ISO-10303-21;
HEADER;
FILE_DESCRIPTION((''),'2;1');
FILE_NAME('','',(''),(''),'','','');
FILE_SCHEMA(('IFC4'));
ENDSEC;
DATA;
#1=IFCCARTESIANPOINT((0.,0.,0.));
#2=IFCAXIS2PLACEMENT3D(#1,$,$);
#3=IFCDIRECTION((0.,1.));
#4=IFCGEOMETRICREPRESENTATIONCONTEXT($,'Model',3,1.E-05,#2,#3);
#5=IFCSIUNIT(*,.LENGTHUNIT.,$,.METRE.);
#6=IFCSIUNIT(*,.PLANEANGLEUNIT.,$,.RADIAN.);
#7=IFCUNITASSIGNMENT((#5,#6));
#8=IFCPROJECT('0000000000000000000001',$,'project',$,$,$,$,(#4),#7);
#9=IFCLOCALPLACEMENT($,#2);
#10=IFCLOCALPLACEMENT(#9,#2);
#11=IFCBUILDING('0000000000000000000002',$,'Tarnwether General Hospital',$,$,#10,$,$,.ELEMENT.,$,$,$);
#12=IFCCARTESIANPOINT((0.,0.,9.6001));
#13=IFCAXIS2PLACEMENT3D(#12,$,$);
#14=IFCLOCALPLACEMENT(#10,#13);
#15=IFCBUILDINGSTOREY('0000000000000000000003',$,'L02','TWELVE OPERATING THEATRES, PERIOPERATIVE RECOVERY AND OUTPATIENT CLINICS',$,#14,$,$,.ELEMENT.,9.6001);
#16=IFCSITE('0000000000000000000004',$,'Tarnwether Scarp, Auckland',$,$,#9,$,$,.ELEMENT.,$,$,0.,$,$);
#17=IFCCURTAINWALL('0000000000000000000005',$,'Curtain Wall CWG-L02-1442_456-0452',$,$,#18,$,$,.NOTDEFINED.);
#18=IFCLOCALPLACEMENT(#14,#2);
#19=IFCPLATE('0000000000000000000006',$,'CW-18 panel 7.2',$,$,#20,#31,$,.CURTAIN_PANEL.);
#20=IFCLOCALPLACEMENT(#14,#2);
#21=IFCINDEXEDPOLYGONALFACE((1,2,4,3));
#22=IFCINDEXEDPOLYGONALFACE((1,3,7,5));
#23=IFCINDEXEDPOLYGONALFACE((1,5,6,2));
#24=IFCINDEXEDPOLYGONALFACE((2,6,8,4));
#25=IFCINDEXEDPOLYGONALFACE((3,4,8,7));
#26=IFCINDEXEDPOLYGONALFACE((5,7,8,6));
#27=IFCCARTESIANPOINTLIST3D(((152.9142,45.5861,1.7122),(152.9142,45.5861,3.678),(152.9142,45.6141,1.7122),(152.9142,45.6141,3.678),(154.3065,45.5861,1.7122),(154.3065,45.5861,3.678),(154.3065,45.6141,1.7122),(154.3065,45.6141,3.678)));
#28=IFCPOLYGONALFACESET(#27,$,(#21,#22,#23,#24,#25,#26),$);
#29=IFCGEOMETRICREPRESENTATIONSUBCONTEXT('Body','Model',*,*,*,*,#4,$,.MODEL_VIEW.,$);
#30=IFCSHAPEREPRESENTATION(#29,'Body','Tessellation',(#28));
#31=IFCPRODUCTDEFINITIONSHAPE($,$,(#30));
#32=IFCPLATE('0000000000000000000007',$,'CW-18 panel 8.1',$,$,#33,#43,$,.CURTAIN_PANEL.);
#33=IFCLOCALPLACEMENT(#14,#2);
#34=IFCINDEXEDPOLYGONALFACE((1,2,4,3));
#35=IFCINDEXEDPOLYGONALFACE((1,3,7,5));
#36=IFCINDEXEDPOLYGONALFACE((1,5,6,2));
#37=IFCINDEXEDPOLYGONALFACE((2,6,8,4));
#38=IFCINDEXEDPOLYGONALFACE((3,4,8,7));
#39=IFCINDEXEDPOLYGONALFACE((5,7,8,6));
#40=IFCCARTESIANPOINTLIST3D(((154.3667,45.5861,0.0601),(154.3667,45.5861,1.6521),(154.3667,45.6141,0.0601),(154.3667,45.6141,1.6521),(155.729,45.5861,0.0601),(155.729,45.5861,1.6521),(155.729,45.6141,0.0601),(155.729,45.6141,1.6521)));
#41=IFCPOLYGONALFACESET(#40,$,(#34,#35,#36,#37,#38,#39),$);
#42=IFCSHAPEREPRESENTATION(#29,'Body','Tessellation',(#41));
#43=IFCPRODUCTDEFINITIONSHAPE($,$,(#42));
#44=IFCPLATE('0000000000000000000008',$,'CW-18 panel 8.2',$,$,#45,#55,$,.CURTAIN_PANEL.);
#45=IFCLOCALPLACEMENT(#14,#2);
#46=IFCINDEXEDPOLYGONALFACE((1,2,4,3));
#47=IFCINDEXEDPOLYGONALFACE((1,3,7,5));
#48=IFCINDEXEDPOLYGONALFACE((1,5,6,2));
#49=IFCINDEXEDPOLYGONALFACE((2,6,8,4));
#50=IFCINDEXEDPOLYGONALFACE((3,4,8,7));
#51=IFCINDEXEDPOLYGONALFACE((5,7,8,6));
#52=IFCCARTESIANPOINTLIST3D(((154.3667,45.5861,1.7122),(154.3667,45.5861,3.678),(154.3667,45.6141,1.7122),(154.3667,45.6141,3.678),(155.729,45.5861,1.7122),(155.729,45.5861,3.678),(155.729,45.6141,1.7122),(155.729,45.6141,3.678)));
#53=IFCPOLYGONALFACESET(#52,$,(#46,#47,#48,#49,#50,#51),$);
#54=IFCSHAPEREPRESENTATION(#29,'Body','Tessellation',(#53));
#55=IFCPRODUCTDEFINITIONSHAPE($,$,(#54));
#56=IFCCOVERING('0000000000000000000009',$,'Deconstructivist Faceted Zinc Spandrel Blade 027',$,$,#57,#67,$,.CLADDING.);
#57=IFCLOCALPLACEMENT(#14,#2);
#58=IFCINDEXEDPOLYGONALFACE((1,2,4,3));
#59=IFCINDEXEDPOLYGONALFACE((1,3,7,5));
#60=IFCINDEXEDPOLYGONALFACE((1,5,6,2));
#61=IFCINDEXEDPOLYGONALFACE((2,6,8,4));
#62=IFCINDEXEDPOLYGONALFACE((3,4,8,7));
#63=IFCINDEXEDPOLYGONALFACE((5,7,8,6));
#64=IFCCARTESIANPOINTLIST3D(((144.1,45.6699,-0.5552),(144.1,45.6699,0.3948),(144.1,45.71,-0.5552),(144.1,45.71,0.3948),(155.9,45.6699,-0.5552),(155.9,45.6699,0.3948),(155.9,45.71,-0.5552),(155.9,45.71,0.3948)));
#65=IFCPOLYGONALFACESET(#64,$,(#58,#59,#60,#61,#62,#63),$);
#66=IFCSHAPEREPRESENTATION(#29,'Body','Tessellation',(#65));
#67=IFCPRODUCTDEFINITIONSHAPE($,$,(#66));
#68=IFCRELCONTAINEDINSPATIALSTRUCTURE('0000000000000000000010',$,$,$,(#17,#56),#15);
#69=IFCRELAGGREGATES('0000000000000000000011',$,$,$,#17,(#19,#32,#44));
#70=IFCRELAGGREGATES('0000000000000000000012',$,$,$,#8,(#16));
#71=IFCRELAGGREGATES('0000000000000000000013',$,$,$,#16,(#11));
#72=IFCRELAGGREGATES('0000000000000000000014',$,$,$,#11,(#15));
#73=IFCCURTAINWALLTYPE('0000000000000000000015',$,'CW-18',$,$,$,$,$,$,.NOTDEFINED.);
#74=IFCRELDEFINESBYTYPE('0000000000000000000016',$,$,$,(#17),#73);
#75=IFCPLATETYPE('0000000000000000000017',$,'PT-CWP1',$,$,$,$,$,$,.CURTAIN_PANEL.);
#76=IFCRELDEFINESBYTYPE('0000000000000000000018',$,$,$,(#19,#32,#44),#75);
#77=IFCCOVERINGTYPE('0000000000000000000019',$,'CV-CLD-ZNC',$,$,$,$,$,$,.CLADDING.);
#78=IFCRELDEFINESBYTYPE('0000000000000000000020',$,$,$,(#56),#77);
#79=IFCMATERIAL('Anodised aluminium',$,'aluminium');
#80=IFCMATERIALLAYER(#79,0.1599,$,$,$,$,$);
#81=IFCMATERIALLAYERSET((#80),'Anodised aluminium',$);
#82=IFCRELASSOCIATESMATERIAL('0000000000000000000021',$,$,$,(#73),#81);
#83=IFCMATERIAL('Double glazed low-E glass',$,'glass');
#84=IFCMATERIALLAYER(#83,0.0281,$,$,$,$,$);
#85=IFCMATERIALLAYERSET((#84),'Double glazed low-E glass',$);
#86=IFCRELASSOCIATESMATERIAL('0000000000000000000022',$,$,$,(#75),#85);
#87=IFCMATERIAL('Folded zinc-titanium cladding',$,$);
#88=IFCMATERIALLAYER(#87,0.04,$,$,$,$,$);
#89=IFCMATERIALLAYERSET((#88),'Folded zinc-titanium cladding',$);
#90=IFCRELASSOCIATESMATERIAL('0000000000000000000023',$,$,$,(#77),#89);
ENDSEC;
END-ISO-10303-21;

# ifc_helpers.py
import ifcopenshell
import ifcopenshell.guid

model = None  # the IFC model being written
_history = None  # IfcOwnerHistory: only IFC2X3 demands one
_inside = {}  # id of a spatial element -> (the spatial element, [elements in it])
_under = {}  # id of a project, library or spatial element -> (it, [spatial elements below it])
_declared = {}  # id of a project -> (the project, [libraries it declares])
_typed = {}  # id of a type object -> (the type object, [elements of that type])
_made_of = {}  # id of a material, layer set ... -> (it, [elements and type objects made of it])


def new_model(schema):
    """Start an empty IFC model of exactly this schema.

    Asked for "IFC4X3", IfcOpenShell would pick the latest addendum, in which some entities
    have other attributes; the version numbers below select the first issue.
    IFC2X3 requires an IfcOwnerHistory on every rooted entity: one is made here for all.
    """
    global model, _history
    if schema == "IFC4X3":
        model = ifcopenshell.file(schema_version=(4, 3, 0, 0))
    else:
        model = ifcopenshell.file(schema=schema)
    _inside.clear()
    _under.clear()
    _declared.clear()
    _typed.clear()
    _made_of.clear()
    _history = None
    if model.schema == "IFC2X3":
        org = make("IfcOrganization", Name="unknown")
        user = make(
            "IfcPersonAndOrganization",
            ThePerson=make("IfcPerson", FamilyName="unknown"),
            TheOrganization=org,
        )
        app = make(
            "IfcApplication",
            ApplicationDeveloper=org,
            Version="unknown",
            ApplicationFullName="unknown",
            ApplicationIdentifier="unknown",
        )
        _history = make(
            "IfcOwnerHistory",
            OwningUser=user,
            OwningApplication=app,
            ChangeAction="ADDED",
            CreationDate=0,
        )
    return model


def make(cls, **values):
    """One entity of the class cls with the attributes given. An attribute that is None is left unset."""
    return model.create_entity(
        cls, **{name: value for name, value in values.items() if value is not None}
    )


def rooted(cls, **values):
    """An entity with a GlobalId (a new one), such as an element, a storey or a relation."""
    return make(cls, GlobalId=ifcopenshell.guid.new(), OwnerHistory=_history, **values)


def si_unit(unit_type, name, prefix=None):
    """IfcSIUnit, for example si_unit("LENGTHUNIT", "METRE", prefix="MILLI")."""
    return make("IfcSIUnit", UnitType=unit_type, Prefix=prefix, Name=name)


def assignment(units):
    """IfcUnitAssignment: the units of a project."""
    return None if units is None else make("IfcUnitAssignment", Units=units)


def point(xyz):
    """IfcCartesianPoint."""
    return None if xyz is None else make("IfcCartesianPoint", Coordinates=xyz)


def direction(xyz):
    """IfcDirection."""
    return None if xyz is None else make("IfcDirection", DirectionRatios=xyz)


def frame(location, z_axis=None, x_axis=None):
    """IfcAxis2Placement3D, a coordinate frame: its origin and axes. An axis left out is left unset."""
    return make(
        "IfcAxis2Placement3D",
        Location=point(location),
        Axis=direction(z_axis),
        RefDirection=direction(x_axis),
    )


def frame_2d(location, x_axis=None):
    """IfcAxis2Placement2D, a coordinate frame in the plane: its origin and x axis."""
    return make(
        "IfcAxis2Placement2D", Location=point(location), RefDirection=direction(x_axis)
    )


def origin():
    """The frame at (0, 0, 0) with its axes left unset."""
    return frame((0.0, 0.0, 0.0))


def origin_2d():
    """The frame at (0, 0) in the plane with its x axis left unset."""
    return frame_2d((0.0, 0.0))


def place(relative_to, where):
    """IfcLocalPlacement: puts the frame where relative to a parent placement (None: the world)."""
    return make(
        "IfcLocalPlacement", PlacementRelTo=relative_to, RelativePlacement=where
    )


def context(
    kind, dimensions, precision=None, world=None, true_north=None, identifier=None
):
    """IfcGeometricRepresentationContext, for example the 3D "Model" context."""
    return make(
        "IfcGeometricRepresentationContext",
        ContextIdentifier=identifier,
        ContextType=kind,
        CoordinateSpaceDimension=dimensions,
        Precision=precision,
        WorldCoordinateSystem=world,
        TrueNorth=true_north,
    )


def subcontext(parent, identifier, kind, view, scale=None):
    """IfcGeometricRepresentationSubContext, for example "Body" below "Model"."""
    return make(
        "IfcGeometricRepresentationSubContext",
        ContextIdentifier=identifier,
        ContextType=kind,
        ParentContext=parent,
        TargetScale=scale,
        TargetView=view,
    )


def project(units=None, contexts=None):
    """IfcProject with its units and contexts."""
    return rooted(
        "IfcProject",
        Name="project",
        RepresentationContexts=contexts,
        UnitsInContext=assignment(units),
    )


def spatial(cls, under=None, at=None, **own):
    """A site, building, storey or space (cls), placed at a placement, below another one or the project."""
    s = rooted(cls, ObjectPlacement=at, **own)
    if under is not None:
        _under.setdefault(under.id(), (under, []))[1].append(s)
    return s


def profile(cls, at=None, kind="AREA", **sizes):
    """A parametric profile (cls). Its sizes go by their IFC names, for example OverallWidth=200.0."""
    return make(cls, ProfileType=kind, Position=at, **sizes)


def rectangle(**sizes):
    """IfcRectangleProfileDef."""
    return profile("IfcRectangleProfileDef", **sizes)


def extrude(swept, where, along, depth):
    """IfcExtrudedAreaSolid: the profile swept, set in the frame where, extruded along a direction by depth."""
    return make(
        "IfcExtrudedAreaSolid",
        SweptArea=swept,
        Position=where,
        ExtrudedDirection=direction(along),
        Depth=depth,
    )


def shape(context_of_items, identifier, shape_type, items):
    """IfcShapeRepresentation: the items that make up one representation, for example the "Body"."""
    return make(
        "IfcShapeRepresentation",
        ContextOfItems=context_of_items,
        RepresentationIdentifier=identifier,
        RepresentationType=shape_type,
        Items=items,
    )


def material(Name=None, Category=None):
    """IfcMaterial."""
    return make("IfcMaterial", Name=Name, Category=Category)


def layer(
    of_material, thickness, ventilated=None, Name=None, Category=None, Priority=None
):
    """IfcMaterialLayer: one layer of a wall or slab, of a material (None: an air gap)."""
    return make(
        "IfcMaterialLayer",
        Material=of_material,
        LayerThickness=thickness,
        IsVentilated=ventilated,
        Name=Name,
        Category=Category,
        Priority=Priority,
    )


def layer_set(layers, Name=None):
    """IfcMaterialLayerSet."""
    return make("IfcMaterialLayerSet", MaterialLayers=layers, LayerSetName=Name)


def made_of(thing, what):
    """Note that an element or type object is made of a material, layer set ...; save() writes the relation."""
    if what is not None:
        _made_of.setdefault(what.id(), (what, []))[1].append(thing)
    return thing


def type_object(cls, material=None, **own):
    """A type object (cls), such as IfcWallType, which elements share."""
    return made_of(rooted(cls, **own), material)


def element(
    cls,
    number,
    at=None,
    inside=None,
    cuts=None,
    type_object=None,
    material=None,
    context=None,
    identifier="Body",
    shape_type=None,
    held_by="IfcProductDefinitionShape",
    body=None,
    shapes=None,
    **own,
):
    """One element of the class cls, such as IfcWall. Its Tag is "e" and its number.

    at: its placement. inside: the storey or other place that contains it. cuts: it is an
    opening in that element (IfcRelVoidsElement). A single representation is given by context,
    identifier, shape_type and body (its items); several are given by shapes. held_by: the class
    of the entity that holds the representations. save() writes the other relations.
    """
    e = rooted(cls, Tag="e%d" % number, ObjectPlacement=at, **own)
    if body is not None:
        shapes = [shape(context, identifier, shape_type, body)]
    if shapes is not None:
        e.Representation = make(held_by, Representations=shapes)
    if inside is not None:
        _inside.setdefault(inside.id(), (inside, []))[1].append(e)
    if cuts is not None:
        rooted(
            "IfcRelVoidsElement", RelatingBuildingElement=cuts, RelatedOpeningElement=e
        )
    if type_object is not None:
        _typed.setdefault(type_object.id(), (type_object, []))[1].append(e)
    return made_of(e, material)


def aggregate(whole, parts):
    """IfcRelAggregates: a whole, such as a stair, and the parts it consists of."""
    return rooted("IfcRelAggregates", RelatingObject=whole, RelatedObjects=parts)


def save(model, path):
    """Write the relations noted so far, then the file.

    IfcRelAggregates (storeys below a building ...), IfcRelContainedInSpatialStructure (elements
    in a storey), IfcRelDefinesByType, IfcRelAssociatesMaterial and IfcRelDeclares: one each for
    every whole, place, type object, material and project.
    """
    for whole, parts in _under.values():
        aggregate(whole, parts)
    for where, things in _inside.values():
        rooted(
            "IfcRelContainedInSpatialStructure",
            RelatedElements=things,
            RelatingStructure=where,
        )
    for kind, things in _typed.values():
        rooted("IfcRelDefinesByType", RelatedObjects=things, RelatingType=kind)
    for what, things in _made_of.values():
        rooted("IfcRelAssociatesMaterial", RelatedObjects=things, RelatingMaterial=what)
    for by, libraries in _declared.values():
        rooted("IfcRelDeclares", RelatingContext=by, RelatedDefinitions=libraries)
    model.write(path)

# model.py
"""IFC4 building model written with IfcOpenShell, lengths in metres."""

from ifc_helpers import new_model, si_unit, direction, frame, origin, origin_2d, place, context, subcontext, project, spatial, rectangle, extrude, material, layer, layer_set, type_object, element, aggregate, save


model = new_model("IFC4")

# Units and contexts
model_context = context("Model", 3, precision=1e-05, world=origin(), true_north=direction((0.0, 1.0)))
body_context = subcontext(model_context, "Body", "Model", "MODEL_VIEW")
ifc_project = project(units=[si_unit("LENGTHUNIT", "METRE"), si_unit("PLANEANGLEUNIT", "RADIAN")], contexts=[model_context])

# Site, building, storey
site_placement = place(None, origin())
site = spatial("IfcSite", under=ifc_project, at=site_placement, Name="Tarnwether Scarp, Auckland", CompositionType="ELEMENT", RefElevation=0.0)
building_placement = place(site_placement, origin())
building = spatial("IfcBuilding", under=site, at=building_placement, Name="Tarnwether General Hospital", CompositionType="ELEMENT")
storey_placement = place(building_placement, frame((0.0, 0.0, 9.6001)))
storey = spatial("IfcBuildingStorey", under=building, at=storey_placement, Name="L02", Description="TWELVE OPERATING THEATRES, PERIOPERATIVE RECOVERY AND OUTPATIENT CLINICS", CompositionType="ELEMENT", Elevation=9.6001)

# Curtain wall, plates
ifc_material_1 = material(Name="Anodised aluminium", Category="aluminium")
ifc_layer_1 = layer(ifc_material_1, 0.1599)
ifc_layer_set_1 = layer_set([ifc_layer_1], Name="Anodised aluminium")
curtain_wall_type = type_object("IfcCurtainWallType", Name="CW-18", PredefinedType="NOTDEFINED", material=ifc_layer_set_1)
curtain_wall_placement = place(storey_placement, origin())
curtain_wall = element("IfcCurtainWall", 1, at=curtain_wall_placement, inside=storey, type_object=curtain_wall_type, Name="Curtain Wall CWG-L02-1442_456-0452", PredefinedType="NOTDEFINED")
ifc_material_2 = material(Name="Double glazed low-E glass", Category="glass")
ifc_layer_2 = layer(ifc_material_2, 0.0281)
ifc_layer_set_2 = layer_set([ifc_layer_2], Name="Double glazed low-E glass")
plate_type = type_object("IfcPlateType", Name="PT-CWP1", PredefinedType="CURTAIN_PANEL", material=ifc_layer_set_2)
plate_1_placement = place(storey_placement, frame((153.6104, 45.6001, 1.7122), z_axis=(0.0, 0.0, 1.0), x_axis=(1.0, 0.0, 0.0)))
plate_1 = element("IfcPlate", 2, at=plate_1_placement, type_object=plate_type, Name="CW-18 panel 7.2", PredefinedType="CURTAIN_PANEL", context=body_context, shape_type="SweptSolid", body=[
    extrude(rectangle(XDim=1.3923, YDim=0.0281, at=origin_2d()), origin(), (0.0, 0.0, 1.0), 1.9658),
])
plate_2_placement = place(storey_placement, frame((155.0479, 45.6001, 0.0601), z_axis=(0.0, 0.0, 1.0), x_axis=(1.0, 0.0, 0.0)))
plate_2 = element("IfcPlate", 3, at=plate_2_placement, type_object=plate_type, Name="CW-18 panel 8.1", PredefinedType="CURTAIN_PANEL", context=body_context, shape_type="SweptSolid", body=[
    extrude(rectangle(XDim=1.3623, YDim=0.0281, at=origin_2d()), origin(), (0.0, 0.0, 1.0), 1.592),
])
plate_3_placement = place(storey_placement, frame((155.0479, 45.6001, 1.7122), z_axis=(0.0, 0.0, 1.0), x_axis=(1.0, 0.0, 0.0)))
plate_3 = element("IfcPlate", 4, at=plate_3_placement, type_object=plate_type, Name="CW-18 panel 8.2", PredefinedType="CURTAIN_PANEL", context=body_context, shape_type="SweptSolid", body=[
    extrude(rectangle(XDim=1.3623, YDim=0.0281, at=origin_2d()), origin(), (0.0, 0.0, 1.0), 1.9658),
])
aggregate(curtain_wall, [plate_1, plate_2, plate_3])

# Covering
ifc_material_3 = material(Name="Folded zinc-titanium cladding")
ifc_layer_3 = layer(ifc_material_3, 0.04)
ifc_layer_set_3 = layer_set([ifc_layer_3], Name="Folded zinc-titanium cladding")
covering_type = type_object("IfcCoveringType", Name="CV-CLD-ZNC", PredefinedType="CLADDING", material=ifc_layer_set_3)
covering_placement = place(storey_placement, frame((150.0, 45.6899, -0.5552), z_axis=(0.0, 0.0, 1.0), x_axis=(1.0, 0.0, 0.0)))
element("IfcCovering", 5, at=covering_placement, inside=storey, type_object=covering_type, Name="Deconstructivist Faceted Zinc Spandrel Blade 027", PredefinedType="CLADDING", context=body_context, shape_type="SweptSolid", body=[
    extrude(rectangle(XDim=11.8, YDim=0.04, at=origin_2d()), origin(), (0.0, 0.0, 1.0), 0.95),
])

save(model, "model.ifc")
